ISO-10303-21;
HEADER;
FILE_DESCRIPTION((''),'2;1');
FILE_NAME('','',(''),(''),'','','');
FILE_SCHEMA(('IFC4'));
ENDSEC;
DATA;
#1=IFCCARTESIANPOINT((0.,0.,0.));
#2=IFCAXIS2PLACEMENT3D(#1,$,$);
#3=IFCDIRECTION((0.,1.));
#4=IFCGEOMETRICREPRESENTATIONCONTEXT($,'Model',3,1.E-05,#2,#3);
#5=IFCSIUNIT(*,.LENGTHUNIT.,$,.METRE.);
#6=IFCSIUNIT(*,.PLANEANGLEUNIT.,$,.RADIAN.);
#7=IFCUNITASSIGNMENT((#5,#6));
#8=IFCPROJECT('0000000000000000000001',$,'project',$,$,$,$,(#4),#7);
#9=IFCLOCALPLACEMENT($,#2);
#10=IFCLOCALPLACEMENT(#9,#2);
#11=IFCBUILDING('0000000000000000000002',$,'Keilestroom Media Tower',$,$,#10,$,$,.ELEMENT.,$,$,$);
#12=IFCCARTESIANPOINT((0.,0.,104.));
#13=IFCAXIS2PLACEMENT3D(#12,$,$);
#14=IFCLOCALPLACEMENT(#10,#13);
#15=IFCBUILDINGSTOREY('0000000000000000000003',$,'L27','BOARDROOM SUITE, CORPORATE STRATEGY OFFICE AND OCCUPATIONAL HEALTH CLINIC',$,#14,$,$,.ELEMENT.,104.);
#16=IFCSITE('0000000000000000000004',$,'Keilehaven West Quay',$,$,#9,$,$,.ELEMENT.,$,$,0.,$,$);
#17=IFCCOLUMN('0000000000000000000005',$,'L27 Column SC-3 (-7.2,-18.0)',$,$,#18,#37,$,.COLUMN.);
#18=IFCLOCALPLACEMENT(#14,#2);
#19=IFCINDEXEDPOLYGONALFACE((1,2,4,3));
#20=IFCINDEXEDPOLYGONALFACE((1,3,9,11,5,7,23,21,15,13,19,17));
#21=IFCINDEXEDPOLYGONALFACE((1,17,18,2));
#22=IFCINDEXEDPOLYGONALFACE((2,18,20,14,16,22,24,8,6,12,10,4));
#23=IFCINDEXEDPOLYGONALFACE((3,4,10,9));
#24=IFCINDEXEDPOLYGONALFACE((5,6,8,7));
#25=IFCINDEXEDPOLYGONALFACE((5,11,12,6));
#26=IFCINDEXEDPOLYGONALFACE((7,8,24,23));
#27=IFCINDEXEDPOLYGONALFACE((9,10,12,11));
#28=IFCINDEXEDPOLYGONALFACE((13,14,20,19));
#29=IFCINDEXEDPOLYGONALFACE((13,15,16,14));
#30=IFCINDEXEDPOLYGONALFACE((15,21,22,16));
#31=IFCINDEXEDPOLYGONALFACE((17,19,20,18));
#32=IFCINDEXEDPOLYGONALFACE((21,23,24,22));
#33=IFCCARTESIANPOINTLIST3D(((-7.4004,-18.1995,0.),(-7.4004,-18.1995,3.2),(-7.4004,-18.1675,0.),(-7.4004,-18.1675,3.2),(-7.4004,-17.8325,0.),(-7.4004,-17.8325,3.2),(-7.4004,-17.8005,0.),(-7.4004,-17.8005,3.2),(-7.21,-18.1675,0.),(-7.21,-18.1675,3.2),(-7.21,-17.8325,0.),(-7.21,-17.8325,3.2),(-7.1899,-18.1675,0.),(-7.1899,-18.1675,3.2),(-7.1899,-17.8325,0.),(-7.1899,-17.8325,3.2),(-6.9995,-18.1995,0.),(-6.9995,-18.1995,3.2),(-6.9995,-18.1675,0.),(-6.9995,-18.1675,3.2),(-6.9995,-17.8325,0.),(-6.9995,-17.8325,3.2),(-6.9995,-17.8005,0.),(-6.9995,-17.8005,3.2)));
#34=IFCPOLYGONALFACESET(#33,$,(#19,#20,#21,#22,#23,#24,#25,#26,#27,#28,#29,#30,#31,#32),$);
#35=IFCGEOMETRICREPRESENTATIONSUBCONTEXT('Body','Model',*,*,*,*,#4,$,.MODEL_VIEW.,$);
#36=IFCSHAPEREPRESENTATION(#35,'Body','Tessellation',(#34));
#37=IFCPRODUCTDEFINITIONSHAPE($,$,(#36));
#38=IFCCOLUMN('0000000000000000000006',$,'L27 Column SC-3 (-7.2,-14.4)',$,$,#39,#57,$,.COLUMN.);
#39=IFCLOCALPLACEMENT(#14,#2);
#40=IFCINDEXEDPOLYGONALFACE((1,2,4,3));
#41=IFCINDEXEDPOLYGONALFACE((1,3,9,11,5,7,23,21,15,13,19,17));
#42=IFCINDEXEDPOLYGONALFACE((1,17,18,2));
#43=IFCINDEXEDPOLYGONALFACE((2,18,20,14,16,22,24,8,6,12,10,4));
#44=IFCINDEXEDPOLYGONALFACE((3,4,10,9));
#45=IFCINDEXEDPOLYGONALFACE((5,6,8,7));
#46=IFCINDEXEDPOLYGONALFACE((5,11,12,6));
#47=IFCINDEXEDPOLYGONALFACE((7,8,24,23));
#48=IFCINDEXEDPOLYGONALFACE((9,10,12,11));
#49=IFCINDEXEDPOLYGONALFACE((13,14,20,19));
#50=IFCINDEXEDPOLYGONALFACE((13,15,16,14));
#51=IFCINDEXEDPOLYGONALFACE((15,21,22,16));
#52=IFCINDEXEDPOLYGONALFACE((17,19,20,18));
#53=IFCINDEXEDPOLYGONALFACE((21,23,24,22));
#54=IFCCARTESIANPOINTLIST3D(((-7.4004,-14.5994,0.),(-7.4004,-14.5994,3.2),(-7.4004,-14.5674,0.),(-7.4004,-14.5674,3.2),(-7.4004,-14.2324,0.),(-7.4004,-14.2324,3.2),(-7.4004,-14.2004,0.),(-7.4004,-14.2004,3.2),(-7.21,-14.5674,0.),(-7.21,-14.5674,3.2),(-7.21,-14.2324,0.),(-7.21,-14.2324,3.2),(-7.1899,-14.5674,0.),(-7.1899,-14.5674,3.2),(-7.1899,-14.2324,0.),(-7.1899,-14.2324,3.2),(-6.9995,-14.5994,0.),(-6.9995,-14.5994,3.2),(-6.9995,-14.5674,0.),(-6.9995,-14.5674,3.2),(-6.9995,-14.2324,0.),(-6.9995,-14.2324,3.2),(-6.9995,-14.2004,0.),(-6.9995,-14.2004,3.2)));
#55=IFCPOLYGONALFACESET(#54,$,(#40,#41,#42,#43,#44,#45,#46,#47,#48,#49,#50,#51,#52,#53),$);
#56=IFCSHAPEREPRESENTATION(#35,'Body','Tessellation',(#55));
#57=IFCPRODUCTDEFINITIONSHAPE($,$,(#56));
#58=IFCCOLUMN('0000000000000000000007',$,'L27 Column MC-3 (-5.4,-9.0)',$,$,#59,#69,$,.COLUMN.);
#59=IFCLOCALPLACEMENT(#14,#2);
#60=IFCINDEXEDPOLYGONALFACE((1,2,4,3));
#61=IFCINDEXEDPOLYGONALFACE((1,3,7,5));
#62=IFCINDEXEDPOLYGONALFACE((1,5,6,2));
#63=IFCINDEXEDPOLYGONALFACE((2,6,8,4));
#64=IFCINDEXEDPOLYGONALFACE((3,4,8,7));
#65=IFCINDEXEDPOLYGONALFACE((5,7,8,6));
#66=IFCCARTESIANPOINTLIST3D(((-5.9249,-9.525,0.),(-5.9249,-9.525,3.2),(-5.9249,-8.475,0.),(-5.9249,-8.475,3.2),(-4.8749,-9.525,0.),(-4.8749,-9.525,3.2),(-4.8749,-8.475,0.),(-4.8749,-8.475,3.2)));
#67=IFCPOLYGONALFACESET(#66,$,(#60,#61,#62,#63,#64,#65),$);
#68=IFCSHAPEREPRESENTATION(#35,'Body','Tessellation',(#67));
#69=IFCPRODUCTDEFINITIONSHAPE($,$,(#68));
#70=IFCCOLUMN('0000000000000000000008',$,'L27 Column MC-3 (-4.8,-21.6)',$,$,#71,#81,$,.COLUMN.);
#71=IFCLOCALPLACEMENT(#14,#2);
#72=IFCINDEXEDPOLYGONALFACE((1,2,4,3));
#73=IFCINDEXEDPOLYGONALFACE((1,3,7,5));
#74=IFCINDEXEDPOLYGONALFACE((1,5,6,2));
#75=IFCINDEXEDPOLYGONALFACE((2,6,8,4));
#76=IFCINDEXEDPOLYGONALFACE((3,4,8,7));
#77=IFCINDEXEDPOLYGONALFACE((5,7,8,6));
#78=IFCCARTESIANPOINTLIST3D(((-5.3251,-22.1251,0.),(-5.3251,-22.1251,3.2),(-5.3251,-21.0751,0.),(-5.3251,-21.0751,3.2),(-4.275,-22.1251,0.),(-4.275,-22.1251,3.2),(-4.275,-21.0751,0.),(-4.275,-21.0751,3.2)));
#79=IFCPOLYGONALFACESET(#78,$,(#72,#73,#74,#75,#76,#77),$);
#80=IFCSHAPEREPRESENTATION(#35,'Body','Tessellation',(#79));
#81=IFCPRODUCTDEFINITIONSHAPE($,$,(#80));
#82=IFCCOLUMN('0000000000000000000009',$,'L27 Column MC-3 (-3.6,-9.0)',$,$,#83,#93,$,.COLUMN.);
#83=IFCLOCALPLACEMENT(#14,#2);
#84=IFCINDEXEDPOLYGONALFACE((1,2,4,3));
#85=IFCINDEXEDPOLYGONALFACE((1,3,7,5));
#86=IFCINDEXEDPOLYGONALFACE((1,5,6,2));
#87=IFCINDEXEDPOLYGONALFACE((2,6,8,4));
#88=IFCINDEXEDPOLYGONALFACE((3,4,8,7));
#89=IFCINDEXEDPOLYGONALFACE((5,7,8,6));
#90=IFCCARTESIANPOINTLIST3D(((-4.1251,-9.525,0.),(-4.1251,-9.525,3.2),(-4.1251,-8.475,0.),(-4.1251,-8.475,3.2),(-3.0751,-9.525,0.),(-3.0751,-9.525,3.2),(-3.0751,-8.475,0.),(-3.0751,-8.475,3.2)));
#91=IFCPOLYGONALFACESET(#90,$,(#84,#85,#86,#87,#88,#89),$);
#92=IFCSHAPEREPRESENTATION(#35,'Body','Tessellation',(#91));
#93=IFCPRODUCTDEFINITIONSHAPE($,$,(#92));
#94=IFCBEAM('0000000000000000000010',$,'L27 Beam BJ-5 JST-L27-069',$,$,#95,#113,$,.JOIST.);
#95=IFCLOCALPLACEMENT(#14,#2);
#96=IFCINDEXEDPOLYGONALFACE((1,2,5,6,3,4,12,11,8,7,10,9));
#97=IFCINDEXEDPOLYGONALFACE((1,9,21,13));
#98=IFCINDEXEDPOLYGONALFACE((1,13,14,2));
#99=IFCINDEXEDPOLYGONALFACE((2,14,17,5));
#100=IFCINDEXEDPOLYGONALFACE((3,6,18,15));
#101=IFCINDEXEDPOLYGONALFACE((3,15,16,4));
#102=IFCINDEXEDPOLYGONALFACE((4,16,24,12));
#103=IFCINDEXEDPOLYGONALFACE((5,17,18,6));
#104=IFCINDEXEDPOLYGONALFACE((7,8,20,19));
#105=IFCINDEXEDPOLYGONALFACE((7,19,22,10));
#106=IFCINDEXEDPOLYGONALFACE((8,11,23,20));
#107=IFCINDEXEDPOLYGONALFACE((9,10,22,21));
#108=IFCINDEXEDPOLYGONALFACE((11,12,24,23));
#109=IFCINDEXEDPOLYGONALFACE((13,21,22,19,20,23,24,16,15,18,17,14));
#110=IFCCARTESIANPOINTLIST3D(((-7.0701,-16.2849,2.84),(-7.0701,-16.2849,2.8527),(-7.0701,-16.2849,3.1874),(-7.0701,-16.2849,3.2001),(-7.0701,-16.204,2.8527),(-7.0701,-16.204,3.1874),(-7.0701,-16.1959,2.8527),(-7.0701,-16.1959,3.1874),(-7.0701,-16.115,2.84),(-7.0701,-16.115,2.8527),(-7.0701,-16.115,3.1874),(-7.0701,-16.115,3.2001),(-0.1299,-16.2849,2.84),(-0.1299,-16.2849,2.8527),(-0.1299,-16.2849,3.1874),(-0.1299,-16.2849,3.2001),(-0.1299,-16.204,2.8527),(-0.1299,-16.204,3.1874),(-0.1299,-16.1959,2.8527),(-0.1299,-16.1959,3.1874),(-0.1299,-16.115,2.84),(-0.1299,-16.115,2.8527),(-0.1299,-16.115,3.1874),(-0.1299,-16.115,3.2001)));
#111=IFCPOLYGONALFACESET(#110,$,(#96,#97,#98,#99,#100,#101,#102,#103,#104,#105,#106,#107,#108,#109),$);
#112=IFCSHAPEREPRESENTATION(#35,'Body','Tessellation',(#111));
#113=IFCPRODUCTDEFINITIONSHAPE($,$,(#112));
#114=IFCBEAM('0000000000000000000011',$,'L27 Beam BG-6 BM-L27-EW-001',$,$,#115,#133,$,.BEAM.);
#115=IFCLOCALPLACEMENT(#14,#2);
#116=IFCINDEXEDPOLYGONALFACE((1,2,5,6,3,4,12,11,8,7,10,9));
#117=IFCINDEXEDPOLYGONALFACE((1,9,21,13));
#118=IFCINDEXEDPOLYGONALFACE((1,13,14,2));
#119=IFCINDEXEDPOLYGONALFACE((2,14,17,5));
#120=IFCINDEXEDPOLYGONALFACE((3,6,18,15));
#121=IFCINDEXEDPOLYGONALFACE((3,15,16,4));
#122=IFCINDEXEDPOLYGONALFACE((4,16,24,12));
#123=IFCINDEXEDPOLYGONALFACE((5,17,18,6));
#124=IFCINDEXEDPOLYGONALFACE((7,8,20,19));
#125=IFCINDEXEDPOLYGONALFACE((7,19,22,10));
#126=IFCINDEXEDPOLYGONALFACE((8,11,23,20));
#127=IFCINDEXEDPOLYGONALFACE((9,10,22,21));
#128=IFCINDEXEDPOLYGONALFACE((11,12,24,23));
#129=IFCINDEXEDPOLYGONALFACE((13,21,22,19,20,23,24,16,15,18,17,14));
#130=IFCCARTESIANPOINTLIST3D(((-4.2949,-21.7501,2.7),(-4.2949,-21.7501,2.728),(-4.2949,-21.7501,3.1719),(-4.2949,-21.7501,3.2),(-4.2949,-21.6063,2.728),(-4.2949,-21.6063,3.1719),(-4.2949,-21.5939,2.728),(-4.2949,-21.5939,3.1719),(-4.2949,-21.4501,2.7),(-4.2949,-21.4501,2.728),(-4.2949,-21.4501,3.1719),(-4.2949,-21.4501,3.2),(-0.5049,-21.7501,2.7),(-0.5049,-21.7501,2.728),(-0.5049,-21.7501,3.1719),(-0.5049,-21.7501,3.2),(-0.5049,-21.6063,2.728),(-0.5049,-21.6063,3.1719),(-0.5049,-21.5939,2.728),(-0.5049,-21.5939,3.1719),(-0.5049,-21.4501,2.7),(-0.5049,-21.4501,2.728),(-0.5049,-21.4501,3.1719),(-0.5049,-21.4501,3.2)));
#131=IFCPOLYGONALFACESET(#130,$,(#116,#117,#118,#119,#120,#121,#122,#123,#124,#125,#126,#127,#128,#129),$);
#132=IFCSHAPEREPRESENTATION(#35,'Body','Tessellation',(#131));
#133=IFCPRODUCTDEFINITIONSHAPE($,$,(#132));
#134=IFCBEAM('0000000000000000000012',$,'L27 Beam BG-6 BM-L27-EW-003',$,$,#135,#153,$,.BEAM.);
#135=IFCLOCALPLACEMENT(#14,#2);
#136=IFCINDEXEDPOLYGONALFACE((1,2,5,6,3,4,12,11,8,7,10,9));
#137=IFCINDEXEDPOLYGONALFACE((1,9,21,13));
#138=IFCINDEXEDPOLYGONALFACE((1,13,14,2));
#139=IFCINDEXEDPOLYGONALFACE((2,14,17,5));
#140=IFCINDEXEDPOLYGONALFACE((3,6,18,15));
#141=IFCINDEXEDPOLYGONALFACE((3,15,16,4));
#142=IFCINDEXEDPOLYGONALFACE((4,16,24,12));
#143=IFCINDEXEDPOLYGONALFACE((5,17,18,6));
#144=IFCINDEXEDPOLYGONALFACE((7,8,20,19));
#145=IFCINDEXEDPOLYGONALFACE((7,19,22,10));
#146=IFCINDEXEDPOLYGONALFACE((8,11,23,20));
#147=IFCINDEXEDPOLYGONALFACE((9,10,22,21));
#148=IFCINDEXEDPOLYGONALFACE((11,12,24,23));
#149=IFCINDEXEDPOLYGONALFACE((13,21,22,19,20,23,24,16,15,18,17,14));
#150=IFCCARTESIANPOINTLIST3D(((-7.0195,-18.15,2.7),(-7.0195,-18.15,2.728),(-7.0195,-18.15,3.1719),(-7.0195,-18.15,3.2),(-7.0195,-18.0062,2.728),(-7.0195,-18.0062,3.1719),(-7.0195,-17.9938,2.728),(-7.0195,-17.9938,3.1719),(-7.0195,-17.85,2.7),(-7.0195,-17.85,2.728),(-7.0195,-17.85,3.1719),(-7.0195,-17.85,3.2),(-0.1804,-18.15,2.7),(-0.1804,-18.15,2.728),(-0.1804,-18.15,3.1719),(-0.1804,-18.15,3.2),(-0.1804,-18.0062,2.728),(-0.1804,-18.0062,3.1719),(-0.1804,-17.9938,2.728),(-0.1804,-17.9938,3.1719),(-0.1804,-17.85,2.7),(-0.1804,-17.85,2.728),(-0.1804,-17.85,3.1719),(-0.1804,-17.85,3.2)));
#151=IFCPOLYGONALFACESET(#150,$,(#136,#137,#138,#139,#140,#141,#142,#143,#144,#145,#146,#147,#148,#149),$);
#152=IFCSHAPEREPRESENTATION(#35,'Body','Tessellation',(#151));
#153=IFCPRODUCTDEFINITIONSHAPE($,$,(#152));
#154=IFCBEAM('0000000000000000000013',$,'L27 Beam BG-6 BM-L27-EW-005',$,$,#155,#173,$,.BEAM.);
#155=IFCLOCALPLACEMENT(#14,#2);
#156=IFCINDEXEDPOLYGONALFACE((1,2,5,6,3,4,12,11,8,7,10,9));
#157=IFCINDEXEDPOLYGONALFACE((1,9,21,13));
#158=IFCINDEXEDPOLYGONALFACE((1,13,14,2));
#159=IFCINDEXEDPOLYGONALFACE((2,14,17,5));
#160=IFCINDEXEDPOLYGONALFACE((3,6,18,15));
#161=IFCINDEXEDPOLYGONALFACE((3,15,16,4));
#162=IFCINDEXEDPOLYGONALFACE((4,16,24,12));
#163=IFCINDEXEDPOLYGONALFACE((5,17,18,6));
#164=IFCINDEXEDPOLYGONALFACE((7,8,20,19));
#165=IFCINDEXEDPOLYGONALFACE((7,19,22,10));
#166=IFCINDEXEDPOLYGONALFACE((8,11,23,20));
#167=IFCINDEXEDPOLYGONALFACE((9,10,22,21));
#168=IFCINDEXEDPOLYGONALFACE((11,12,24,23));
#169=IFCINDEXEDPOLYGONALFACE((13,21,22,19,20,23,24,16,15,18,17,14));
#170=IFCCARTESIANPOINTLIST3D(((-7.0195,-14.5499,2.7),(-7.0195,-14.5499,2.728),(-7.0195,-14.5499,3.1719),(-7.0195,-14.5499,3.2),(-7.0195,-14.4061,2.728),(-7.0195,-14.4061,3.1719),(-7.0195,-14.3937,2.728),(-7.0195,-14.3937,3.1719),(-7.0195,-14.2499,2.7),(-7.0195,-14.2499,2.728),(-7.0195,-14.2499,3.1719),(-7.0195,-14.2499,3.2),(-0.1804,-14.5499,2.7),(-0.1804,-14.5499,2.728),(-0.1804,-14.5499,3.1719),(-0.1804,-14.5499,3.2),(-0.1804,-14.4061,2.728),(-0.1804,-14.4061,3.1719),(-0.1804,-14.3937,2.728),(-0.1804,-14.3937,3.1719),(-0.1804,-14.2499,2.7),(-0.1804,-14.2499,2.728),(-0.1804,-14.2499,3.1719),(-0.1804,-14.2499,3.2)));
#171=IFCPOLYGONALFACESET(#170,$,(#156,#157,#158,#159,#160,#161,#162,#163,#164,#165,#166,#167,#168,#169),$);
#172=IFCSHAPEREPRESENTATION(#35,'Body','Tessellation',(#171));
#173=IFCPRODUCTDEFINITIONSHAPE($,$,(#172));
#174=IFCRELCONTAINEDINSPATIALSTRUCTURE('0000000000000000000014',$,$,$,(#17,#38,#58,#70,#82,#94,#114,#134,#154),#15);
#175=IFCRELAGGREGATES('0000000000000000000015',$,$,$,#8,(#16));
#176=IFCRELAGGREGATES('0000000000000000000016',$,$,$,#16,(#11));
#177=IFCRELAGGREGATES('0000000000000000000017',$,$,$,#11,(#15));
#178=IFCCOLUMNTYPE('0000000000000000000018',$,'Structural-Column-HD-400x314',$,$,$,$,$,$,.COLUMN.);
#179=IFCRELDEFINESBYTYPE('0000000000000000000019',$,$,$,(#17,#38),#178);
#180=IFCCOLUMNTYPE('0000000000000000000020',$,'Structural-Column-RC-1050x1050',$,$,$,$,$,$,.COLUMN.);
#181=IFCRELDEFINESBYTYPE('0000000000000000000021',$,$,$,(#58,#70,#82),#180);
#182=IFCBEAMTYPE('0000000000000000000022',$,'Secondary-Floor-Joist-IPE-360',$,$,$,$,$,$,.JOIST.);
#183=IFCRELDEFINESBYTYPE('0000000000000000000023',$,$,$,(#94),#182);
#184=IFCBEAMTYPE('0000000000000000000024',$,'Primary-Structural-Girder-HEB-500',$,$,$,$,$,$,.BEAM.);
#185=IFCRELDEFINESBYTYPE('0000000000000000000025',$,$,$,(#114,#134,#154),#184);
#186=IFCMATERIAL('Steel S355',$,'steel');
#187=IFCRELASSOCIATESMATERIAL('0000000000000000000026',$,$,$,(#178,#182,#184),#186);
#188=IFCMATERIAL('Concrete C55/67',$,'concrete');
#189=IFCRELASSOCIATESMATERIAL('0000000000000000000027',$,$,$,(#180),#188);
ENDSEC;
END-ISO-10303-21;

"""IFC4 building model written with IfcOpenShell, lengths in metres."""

from ifc_helpers import new_model, si_unit, direction, frame, origin, origin_2d, place, context, subcontext, project, spatial, rectangle, i_section, extrude, source, transform, mapped, material, material_profile, profile_set, type_object, element, save


model = new_model("IFC4")

# Units and contexts
model_context = context("Model", 3, precision=1e-05, world=origin(), true_north=direction((0.0, 1.0)))
body_context = subcontext(model_context, "Body", "Model", "MODEL_VIEW")
ifc_project = project(units=[si_unit("LENGTHUNIT", "METRE"), si_unit("PLANEANGLEUNIT", "RADIAN")], contexts=[model_context])

# Site, building, storey
site_placement = place(None, origin())
site = spatial("IfcSite", under=ifc_project, at=site_placement, Name="Keilehaven West Quay", CompositionType="ELEMENT", RefElevation=0.0)
building_placement = place(site_placement, origin())
building = spatial("IfcBuilding", under=site, at=building_placement, Name="Keilestroom Media Tower", CompositionType="ELEMENT")
storey_placement = place(building_placement, frame((0.0, 0.0, 104.0)))
storey = spatial("IfcBuildingStorey", under=building, at=storey_placement, Name="L27", Description="BOARDROOM SUITE, CORPORATE STRATEGY OFFICE AND OCCUPATIONAL HEALTH CLINIC", CompositionType="ELEMENT", Elevation=104.0)

# Columns
ifc_material_1 = material(Name="Steel S355", Category="steel")
ifc_material_profile_1 = material_profile(ifc_material_1, i_section(OverallWidth=0.4009, OverallDepth=0.3989, WebThickness=0.02, FlangeThickness=0.032, at=origin_2d()), Name="HD 400x314")
ifc_profile_set_1 = profile_set([ifc_material_profile_1], Name="Steel S355")
column_type_1 = type_object("IfcColumnType", Name="Structural-Column-HD-400x314", PredefinedType="COLUMN", material=ifc_profile_set_1)
shared_shape_1 = source(origin(), body_context, "Body", "SweptSolid", [
    extrude(i_section(OverallWidth=0.4009, OverallDepth=0.3989, WebThickness=0.02, FlangeThickness=0.032, at=origin_2d()), origin(), (0.0, 0.0, 1.0), 3.2),
])
for number, where, z_axis, x_axis, name in (
    (1, (-7.2, -18.0, 0.0), (0.0, 0.0, 1.0), (1.0, 0.0, 0.0), "L27 Column SC-3 (-7.2,-18.0)"),
    (2, (-7.2, -14.3999, 0.0), (0.0, 0.0, 1.0), (1.0, 0.0, 0.0), "L27 Column SC-3 (-7.2,-14.4)"),
):
    element("IfcColumn", number, at=place(storey_placement, frame(where, z_axis=z_axis, x_axis=x_axis)), inside=storey, type_object=column_type_1, Name=name, PredefinedType="COLUMN", context=body_context, shape_type="MappedRepresentation", body=[
        mapped(shared_shape_1, transform((0.0, 0.0, 0.0), x_axis=(1.0, 0.0, 0.0), y_axis=(0.0, 1.0, 0.0), z_axis=(0.0, 0.0, 1.0), scale=1.0)),
    ])
ifc_material_2 = material(Name="Concrete C55/67", Category="concrete")
ifc_material_profile_2 = material_profile(ifc_material_2, rectangle(XDim=1.05, YDim=1.05, at=origin_2d()), Name="RC 1050x1050")
ifc_profile_set_2 = profile_set([ifc_material_profile_2], Name="Concrete C55/67")
column_type_2 = type_object("IfcColumnType", Name="Structural-Column-RC-1050x1050", PredefinedType="COLUMN", material=ifc_profile_set_2)
shared_shape_2 = source(origin(), body_context, "Body", "SweptSolid", [
    extrude(rectangle(XDim=1.05, YDim=1.05, at=origin_2d()), origin(), (0.0, 0.0, 1.0), 3.2),
])
for number, where, z_axis, x_axis, name in (
    (3, (-5.3999, -9.0, 0.0), (0.0, 0.0, 1.0), (1.0, 0.0, 0.0), "L27 Column MC-3 (-5.4,-9.0)"),
    (4, (-4.8, -21.6001, 0.0), (0.0, 0.0, 1.0), (1.0, 0.0, 0.0), "L27 Column MC-3 (-4.8,-21.6)"),
    (5, (-3.6001, -9.0, 0.0), (0.0, 0.0, 1.0), (1.0, 0.0, 0.0), "L27 Column MC-3 (-3.6,-9.0)"),
):
    element("IfcColumn", number, at=place(storey_placement, frame(where, z_axis=z_axis, x_axis=x_axis)), inside=storey, type_object=column_type_2, Name=name, PredefinedType="COLUMN", context=body_context, shape_type="MappedRepresentation", body=[
        mapped(shared_shape_2, transform((0.0, 0.0, 0.0), x_axis=(1.0, 0.0, 0.0), y_axis=(0.0, 1.0, 0.0), z_axis=(0.0, 0.0, 1.0), scale=1.0)),
    ])

# Beams
ifc_material_profile_3 = material_profile(ifc_material_1, i_section(OverallWidth=0.1699, OverallDepth=0.3601, WebThickness=0.0081, FlangeThickness=0.0127, at=origin_2d()), Name="IPE 360")
ifc_profile_set_3 = profile_set([ifc_material_profile_3], Name="Steel S355")
beam_type_1 = type_object("IfcBeamType", Name="Secondary-Floor-Joist-IPE-360", PredefinedType="JOIST", material=ifc_profile_set_3)
shared_shape_3 = source(origin(), body_context, "Body", "SweptSolid", [
    extrude(i_section(OverallWidth=0.1699, OverallDepth=0.3601, WebThickness=0.0081, FlangeThickness=0.0127, at=origin_2d()), origin(), (0.0, 0.0, 1.0), 6.9402),
])
beam_1_placement = place(storey_placement, frame((-7.0701, -16.2, 3.02), z_axis=(1.0, 0.0, 0.0), x_axis=(0.0, 1.0, 0.0)))
element("IfcBeam", 6, at=beam_1_placement, inside=storey, type_object=beam_type_1, Name="L27 Beam BJ-5 JST-L27-069", PredefinedType="JOIST", context=body_context, shape_type="MappedRepresentation", body=[
    mapped(shared_shape_3, transform((0.0, 0.0, 0.0), x_axis=(1.0, 0.0, 0.0), y_axis=(0.0, 1.0, 0.0), z_axis=(0.0, 0.0, 1.0), scale=1.0)),
])
ifc_material_profile_4 = material_profile(ifc_material_1, i_section(OverallWidth=0.3, OverallDepth=0.5, WebThickness=0.0125, FlangeThickness=0.0281, at=origin_2d()), Name="HEB 500")
ifc_profile_set_4 = profile_set([ifc_material_profile_4], Name="Steel S355")
beam_type_2 = type_object("IfcBeamType", Name="Primary-Structural-Girder-HEB-500", PredefinedType="BEAM", material=ifc_profile_set_4)
shared_shape_4 = source(origin(), body_context, "Body", "SweptSolid", [
    extrude(i_section(OverallWidth=0.3, OverallDepth=0.5, WebThickness=0.0125, FlangeThickness=0.0281, at=origin_2d()), origin(), (0.0, 0.0, 1.0), 3.79),
])
beam_2_placement = place(storey_placement, frame((-4.2949, -21.6001, 2.95), z_axis=(1.0, 0.0, 0.0), x_axis=(0.0, 1.0, 0.0)))
element("IfcBeam", 7, at=beam_2_placement, inside=storey, type_object=beam_type_2, Name="L27 Beam BG-6 BM-L27-EW-001", PredefinedType="BEAM", context=body_context, shape_type="MappedRepresentation", body=[
    mapped(shared_shape_4, transform((0.0, 0.0, 0.0), x_axis=(1.0, 0.0, 0.0), y_axis=(0.0, 1.0, 0.0), z_axis=(0.0, 0.0, 1.0), scale=1.0)),
])
shared_shape_5 = source(origin(), body_context, "Body", "SweptSolid", [
    extrude(i_section(OverallWidth=0.3, OverallDepth=0.5, WebThickness=0.0125, FlangeThickness=0.0281, at=origin_2d()), origin(), (0.0, 0.0, 1.0), 6.8391),
])
for number, where, z_axis, x_axis, name in (
    (8, (-7.0195, -18.0, 2.95), (1.0, 0.0, 0.0), (0.0, 1.0, 0.0), "L27 Beam BG-6 BM-L27-EW-003"),
    (9, (-7.0195, -14.3999, 2.95), (1.0, 0.0, 0.0), (0.0, 1.0, 0.0), "L27 Beam BG-6 BM-L27-EW-005"),
):
    element("IfcBeam", number, at=place(storey_placement, frame(where, z_axis=z_axis, x_axis=x_axis)), inside=storey, type_object=beam_type_2, Name=name, PredefinedType="BEAM", context=body_context, shape_type="MappedRepresentation", body=[
        mapped(shared_shape_5, transform((0.0, 0.0, 0.0), x_axis=(1.0, 0.0, 0.0), y_axis=(0.0, 1.0, 0.0), z_axis=(0.0, 0.0, 1.0), scale=1.0)),
    ])

save(model, "model.ifc")
